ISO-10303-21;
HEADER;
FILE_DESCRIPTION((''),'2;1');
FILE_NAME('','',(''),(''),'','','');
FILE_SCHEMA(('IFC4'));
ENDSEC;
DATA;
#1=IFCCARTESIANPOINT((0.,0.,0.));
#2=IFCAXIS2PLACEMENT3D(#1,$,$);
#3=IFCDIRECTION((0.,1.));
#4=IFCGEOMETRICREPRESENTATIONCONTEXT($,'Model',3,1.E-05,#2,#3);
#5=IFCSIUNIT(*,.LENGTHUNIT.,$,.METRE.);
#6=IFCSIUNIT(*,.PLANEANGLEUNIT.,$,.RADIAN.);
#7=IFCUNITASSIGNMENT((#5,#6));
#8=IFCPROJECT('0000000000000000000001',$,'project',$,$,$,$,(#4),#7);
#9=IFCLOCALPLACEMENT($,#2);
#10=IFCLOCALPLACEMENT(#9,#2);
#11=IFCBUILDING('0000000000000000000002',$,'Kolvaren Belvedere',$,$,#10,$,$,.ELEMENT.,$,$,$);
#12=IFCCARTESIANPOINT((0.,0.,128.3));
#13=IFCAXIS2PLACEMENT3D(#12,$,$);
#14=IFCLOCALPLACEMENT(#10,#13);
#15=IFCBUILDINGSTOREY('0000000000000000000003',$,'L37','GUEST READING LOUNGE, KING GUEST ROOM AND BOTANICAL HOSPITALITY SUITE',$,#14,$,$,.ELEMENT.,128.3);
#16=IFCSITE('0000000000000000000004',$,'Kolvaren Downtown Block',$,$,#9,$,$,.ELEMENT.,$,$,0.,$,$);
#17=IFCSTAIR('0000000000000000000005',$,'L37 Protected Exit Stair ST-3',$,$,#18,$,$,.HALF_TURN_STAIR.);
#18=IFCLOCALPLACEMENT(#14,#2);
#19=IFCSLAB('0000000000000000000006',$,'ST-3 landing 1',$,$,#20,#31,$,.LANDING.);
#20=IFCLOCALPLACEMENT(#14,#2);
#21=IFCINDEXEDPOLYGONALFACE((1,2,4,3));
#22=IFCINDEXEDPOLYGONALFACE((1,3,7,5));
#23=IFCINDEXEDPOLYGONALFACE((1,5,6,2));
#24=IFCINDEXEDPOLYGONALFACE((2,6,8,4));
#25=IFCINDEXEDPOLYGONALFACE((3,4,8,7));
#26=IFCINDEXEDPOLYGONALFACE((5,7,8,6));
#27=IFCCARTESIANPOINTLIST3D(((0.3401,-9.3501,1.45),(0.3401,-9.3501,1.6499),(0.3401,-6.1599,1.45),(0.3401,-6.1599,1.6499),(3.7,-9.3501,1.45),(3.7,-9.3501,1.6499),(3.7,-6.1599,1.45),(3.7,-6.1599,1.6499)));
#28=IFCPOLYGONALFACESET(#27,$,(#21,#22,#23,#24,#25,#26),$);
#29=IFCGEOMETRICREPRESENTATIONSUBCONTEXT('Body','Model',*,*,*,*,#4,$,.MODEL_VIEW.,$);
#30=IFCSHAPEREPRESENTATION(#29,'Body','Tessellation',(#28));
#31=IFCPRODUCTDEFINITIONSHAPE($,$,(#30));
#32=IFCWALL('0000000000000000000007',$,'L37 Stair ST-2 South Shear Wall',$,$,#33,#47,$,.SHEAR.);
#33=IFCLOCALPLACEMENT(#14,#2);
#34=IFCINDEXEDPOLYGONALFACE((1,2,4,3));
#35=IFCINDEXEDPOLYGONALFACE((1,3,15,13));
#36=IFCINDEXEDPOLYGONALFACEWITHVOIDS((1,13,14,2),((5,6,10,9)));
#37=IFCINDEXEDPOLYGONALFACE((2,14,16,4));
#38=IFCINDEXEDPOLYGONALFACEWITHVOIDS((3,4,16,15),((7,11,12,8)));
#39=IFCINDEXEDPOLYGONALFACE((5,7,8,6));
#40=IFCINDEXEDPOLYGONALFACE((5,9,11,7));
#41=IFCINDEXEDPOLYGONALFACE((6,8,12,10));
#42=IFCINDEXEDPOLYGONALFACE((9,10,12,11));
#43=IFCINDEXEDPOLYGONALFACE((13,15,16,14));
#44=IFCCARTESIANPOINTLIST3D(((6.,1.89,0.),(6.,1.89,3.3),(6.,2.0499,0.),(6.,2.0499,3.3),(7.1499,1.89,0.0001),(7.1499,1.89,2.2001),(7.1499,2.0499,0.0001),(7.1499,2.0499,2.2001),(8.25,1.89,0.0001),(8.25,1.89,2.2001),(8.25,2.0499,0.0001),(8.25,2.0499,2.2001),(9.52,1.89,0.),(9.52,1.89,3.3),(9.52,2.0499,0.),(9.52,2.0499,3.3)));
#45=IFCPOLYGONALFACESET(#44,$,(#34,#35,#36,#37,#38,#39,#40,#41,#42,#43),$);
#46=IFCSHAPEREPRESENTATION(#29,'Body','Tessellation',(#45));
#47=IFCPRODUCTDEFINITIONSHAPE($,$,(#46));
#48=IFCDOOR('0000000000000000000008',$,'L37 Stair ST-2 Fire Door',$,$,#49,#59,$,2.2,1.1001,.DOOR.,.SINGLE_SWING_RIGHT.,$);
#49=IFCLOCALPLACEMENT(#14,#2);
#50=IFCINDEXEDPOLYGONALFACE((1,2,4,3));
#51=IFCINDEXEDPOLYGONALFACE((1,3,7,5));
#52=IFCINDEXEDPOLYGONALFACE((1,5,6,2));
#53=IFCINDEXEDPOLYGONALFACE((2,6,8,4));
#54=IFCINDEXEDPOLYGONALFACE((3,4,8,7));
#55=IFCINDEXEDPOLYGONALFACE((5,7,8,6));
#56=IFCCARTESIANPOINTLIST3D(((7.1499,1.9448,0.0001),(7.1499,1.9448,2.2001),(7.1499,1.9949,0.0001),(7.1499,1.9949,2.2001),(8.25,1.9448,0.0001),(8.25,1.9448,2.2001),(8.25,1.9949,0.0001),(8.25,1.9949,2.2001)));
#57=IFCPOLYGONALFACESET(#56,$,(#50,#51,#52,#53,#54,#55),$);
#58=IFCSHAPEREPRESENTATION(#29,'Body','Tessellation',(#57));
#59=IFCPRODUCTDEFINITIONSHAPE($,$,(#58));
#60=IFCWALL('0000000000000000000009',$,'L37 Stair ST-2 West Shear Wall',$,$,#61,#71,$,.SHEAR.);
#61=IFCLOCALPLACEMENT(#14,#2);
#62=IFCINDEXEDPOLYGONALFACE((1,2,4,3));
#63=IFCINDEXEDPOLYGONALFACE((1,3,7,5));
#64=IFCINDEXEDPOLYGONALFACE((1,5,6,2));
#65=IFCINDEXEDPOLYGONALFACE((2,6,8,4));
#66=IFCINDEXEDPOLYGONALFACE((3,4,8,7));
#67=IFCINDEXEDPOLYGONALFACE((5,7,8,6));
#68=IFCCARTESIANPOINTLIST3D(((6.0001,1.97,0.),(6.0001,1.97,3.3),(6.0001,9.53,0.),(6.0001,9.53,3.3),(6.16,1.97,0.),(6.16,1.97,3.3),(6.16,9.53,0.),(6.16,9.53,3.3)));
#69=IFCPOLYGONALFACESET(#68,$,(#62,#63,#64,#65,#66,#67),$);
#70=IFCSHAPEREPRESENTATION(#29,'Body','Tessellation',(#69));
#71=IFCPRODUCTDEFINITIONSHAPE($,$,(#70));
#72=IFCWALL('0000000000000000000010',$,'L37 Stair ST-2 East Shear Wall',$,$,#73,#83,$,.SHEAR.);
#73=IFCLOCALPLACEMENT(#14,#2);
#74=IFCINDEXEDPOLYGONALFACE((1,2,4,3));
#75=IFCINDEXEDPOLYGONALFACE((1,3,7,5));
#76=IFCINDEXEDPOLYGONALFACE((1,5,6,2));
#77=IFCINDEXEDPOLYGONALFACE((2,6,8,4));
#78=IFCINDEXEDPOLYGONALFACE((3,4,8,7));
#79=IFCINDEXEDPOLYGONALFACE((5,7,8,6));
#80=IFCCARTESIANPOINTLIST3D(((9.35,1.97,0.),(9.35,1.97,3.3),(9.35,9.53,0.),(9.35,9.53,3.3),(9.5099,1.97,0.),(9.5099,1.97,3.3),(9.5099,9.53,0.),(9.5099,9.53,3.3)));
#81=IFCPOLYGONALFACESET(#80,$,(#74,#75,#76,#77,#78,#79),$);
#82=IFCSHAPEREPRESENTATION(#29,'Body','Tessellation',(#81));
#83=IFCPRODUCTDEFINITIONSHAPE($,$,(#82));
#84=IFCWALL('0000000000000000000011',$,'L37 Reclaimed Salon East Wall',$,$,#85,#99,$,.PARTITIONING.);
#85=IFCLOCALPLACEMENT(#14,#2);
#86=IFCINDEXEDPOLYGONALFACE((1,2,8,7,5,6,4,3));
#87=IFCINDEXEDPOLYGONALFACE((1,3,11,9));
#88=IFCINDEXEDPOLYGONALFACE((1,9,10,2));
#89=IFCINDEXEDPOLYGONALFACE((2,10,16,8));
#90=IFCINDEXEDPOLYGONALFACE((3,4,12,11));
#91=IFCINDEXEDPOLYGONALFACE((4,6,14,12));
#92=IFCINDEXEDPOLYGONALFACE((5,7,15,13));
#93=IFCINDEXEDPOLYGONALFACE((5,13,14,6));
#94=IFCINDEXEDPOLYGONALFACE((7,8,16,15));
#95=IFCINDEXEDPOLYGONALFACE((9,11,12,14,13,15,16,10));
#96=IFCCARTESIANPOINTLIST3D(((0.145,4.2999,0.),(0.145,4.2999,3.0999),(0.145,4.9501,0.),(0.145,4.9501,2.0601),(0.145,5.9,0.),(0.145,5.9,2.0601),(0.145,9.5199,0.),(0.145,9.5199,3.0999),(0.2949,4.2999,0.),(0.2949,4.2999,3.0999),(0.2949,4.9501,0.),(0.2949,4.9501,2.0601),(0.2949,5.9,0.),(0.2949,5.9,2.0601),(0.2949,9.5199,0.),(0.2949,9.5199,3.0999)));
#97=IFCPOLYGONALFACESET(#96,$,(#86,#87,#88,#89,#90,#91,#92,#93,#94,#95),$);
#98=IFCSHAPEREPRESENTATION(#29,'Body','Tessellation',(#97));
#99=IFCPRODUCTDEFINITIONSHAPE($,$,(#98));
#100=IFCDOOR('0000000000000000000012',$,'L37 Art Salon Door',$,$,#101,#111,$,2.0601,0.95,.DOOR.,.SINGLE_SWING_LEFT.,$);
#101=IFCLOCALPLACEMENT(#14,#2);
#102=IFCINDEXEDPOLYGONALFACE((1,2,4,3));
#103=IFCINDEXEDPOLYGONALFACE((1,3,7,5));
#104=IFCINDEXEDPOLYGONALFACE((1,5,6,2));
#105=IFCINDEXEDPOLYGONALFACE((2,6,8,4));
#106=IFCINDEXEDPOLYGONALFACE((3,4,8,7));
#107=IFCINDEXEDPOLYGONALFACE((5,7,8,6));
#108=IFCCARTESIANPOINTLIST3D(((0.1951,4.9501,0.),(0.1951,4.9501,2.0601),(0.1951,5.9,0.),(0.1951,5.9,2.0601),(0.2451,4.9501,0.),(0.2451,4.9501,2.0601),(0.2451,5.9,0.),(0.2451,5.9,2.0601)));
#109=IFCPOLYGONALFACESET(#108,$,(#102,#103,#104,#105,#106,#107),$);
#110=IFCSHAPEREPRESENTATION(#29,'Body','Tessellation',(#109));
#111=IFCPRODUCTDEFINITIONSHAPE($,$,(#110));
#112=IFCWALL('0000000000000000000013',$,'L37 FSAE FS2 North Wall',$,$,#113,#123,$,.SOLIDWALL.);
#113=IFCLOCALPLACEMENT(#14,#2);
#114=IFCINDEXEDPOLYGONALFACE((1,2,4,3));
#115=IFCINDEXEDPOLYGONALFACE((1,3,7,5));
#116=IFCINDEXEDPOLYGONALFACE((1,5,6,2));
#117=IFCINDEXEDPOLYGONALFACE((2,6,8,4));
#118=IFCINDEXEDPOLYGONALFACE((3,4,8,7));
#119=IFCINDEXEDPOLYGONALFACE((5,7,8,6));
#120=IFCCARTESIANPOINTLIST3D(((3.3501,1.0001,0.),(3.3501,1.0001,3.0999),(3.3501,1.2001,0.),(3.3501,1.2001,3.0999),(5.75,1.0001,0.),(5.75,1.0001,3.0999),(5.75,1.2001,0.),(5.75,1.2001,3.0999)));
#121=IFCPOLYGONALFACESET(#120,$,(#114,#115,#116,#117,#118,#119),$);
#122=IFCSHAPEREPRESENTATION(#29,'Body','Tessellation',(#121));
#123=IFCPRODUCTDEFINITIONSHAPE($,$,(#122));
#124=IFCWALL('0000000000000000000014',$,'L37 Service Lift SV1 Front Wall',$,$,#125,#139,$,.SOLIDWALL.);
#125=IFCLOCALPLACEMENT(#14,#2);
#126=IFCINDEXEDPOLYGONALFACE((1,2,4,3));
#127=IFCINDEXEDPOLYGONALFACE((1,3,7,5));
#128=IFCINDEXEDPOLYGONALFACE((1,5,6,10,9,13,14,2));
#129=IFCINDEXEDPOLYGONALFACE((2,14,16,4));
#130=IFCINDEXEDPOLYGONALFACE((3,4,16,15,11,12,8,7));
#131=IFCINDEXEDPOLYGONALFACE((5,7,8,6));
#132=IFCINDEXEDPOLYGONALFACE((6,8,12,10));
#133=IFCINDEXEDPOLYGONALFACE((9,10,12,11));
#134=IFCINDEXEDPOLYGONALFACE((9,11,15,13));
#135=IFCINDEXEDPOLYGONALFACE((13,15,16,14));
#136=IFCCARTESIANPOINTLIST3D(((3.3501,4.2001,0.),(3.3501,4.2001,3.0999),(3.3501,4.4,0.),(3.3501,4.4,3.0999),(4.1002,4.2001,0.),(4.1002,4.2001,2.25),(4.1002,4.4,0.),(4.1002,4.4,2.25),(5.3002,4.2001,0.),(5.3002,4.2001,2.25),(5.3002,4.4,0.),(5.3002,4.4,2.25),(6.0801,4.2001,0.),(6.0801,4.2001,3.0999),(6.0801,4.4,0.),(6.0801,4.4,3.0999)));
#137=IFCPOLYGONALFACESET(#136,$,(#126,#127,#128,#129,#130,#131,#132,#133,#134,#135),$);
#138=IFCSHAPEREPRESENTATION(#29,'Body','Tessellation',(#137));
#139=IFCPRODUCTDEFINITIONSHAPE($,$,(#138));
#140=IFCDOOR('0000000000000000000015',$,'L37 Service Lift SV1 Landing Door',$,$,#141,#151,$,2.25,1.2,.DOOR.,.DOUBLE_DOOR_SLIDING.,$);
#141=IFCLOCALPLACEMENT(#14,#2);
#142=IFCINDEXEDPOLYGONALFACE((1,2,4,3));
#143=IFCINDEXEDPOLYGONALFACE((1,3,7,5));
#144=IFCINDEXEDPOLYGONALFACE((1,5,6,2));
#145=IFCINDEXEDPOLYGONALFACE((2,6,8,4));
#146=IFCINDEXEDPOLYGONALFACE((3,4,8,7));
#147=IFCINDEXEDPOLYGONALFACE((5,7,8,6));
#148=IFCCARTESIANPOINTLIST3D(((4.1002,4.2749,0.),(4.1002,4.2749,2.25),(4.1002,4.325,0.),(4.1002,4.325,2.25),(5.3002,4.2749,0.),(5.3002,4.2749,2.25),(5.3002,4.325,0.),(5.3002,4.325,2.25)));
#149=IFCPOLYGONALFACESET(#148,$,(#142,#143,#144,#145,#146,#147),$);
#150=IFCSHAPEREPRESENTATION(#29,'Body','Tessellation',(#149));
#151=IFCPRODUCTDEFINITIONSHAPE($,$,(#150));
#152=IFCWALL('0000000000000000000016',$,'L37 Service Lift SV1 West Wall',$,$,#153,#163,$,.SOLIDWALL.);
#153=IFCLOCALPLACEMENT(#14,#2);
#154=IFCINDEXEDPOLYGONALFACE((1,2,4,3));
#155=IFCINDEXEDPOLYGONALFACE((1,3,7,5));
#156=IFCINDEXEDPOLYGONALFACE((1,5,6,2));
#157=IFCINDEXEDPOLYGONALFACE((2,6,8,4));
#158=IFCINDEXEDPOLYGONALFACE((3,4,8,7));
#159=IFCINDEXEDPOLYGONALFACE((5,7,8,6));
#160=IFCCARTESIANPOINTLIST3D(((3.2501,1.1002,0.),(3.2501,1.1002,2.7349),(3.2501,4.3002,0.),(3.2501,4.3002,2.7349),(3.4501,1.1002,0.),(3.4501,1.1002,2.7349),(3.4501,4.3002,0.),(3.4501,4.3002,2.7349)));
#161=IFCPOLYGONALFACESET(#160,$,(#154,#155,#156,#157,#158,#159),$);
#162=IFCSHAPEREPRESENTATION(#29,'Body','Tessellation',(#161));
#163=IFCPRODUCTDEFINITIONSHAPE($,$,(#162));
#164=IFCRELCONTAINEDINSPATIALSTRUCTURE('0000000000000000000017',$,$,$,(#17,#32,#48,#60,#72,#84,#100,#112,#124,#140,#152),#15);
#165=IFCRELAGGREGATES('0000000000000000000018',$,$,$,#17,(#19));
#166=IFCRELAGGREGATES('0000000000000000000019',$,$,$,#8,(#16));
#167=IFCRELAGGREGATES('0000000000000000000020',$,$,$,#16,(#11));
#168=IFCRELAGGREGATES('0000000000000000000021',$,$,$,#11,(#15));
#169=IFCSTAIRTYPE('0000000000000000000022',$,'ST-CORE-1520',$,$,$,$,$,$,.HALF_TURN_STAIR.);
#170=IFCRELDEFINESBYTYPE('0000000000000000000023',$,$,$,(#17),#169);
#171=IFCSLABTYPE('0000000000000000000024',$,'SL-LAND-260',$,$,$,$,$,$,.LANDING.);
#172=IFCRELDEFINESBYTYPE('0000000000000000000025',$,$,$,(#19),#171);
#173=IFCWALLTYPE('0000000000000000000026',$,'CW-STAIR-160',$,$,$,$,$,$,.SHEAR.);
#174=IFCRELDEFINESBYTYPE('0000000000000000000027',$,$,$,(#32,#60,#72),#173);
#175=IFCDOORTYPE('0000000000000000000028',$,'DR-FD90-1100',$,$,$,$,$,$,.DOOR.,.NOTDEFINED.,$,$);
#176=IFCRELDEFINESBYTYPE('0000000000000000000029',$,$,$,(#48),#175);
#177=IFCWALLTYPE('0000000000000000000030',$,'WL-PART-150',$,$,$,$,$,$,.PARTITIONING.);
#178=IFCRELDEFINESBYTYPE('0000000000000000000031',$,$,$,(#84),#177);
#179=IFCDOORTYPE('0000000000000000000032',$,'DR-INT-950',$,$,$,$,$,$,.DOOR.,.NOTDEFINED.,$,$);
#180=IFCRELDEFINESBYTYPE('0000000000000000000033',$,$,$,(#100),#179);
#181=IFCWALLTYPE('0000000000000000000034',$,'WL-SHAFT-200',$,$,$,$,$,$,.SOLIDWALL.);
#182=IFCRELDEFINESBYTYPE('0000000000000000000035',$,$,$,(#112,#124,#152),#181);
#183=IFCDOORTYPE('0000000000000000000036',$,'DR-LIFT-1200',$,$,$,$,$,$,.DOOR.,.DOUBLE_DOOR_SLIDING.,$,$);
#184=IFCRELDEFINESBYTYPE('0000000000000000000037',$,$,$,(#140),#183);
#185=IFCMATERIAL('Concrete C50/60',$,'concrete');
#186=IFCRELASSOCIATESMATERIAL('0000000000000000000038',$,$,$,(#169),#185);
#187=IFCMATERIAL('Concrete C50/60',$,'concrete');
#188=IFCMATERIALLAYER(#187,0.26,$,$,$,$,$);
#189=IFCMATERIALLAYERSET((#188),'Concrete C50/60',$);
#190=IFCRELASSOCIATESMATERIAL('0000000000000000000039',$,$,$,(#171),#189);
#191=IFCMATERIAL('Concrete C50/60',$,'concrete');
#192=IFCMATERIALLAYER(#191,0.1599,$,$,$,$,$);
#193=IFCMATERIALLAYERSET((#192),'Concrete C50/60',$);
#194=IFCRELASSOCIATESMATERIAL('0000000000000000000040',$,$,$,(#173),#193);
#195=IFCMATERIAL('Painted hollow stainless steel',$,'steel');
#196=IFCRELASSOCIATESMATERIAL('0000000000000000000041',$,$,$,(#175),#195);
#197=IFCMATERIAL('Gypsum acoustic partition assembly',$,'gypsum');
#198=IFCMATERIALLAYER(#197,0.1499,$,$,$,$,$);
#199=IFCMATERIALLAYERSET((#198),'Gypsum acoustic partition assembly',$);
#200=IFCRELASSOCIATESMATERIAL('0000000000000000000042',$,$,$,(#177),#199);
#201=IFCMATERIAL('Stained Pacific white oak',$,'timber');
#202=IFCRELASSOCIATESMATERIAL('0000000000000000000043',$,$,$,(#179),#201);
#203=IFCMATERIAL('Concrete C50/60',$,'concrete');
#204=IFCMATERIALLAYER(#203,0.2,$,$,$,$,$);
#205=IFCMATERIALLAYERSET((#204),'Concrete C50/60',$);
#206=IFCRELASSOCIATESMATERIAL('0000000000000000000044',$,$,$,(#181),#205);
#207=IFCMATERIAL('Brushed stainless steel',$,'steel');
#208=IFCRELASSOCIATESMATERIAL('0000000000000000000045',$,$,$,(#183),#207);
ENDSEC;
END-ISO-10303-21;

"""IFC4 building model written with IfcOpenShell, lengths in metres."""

from ifc_helpers import new_model, si_unit, direction, frame, frame_2d, origin, place, context, subcontext, project, spatial, polyline, rectangle, outline, extrude, material, layer, layer_set, type_object, element, fill, aggregate, save


model = new_model("IFC4")

# Units and contexts
model_context = context("Model", 3, precision=1e-05, world=origin(), true_north=direction((0.0, 1.0)))
body_context = subcontext(model_context, "Body", "Model", "MODEL_VIEW")
ifc_project = project(units=[si_unit("LENGTHUNIT", "METRE"), si_unit("PLANEANGLEUNIT", "RADIAN")], contexts=[model_context])

# Site, building, storey
site_placement = place(None, origin())
site = spatial("IfcSite", under=ifc_project, at=site_placement, Name="Kolvaren Downtown Block", CompositionType="ELEMENT", RefElevation=0.0)
building_placement = place(site_placement, origin())
building = spatial("IfcBuilding", under=site, at=building_placement, Name="Kolvaren Belvedere", CompositionType="ELEMENT")
storey_placement = place(building_placement, frame((0.0, 0.0, 128.3)))
storey = spatial("IfcBuildingStorey", under=building, at=storey_placement, Name="L37", Description="GUEST READING LOUNGE, KING GUEST ROOM AND BOTANICAL HOSPITALITY SUITE", CompositionType="ELEMENT", Elevation=128.3)

# Stair, slab
ifc_material_1 = material(Name="Concrete C50/60", Category="concrete")
stair_type = type_object("IfcStairType", Name="ST-CORE-1520", PredefinedType="HALF_TURN_STAIR", material=ifc_material_1)
ifc_material_2 = material(Name="Concrete C50/60", Category="concrete")
ifc_layer_1 = layer(ifc_material_2, 0.26)
ifc_layer_set_1 = layer_set([ifc_layer_1], Name="Concrete C50/60")
slab_type = type_object("IfcSlabType", Name="SL-LAND-260", PredefinedType="LANDING", material=ifc_layer_set_1)
stair_1_placement = place(storey_placement, origin())
stair_1 = element("IfcStair", 1, at=stair_1_placement, inside=storey, type_object=stair_type, Name="L37 Protected Exit Stair ST-3", PredefinedType="HALF_TURN_STAIR")
slab_1_placement = place(storey_placement, frame((0.0, 0.0, 1.45)))
slab_1 = element("IfcSlab", 2, at=slab_1_placement, type_object=slab_type, Name="ST-3 landing 1", PredefinedType="LANDING", context=body_context, shape_type="SweptSolid", body=[
    extrude(outline(polyline([(0.3401, -9.3501), (3.7, -9.3501), (3.7, -6.1599), (0.3401, -6.1599), (0.3401, -9.3501)])), origin(), (0.0, 0.0, 1.0), 0.2),
])
aggregate(stair_1, [slab_1])

# Wall, opening, door
ifc_material_3 = material(Name="Concrete C50/60", Category="concrete")
ifc_layer_2 = layer(ifc_material_3, 0.1599)
ifc_layer_set_2 = layer_set([ifc_layer_2], Name="Concrete C50/60")
wall_type_1 = type_object("IfcWallType", Name="CW-STAIR-160", PredefinedType="SHEAR", material=ifc_layer_set_2)
wall_1_placement = place(storey_placement, frame((6.0, 1.97, 0.0), z_axis=(0.0, 0.0, 1.0), x_axis=(1.0, 0.0, 0.0)))
wall_1 = element("IfcWall", 3, at=wall_1_placement, inside=storey, type_object=wall_type_1, Name="L37 Stair ST-2 South Shear Wall", PredefinedType="SHEAR", context=body_context, shape_type="SweptSolid", body=[
    extrude(rectangle(XDim=3.52, YDim=0.1599, at=frame_2d((1.76, 0.0))), origin(), (0.0, 0.0, 1.0), 3.3),
])
opening_1_placement = place(wall_1_placement, frame((1.1499, 0.0, 0.0)))
opening_1 = element("IfcOpeningElement", 4, at=opening_1_placement, cuts=wall_1, PredefinedType="OPENING", context=body_context, shape_type="SweptSolid", body=[
    extrude(rectangle(XDim=1.1001, YDim=2.2, at=frame_2d((0.55, 1.1001))), frame((0.0, 0.0898, 0.0), z_axis=(0.0, -1.0, 0.0), x_axis=(1.0, 0.0, 0.0)), (0.0, 0.0, 1.0), 0.1799),
])
ifc_material_4 = material(Name="Painted hollow stainless steel", Category="steel")
door_type_1 = type_object("IfcDoorType", Name="DR-FD90-1100", OperationType="NOTDEFINED", PredefinedType="DOOR", material=ifc_material_4)
door_1_placement = place(opening_1_placement, origin())
door_1 = element("IfcDoor", 5, at=door_1_placement, inside=storey, type_object=door_type_1, Name="L37 Stair ST-2 Fire Door", OperationType="SINGLE_SWING_RIGHT", OverallHeight=2.2, OverallWidth=1.1001, PredefinedType="DOOR", context=body_context, shape_type="SweptSolid", body=[
    extrude(rectangle(XDim=1.1001, YDim=2.2, at=frame_2d((0.55, 1.1001))), frame((0.0, 0.0249, 0.0), z_axis=(0.0, -1.0, 0.0), x_axis=(1.0, 0.0, 0.0)), (0.0, 0.0, 1.0), 0.05),
])
fill(opening_1, door_1)

# Walls
for number, where, z_axis, x_axis, name in (
    (6, (6.0801, 1.97, 0.0), (0.0, 0.0, 1.0), (0.0, 1.0, 0.0), "L37 Stair ST-2 West Shear Wall"),
    (7, (9.4299, 1.97, 0.0), (0.0, 0.0, 1.0), (0.0, 1.0, 0.0), "L37 Stair ST-2 East Shear Wall"),
):
    element("IfcWall", number, at=place(storey_placement, frame(where, z_axis=z_axis, x_axis=x_axis)), inside=storey, type_object=wall_type_1, Name=name, PredefinedType="SHEAR", context=body_context, shape_type="SweptSolid", body=[
        extrude(rectangle(XDim=7.5601, YDim=0.1599, at=frame_2d((3.78, 0.0))), origin(), (0.0, 0.0, 1.0), 3.3),
    ])

# Wall, opening, door
ifc_material_5 = material(Name="Gypsum acoustic partition assembly", Category="gypsum")
ifc_layer_3 = layer(ifc_material_5, 0.1499)
ifc_layer_set_3 = layer_set([ifc_layer_3], Name="Gypsum acoustic partition assembly")
wall_type_2 = type_object("IfcWallType", Name="WL-PART-150", PredefinedType="PARTITIONING", material=ifc_layer_set_3)
wall_2_placement = place(storey_placement, frame((0.22, 4.3, 0.0), z_axis=(0.0, 0.0, 1.0), x_axis=(0.0, 1.0, 0.0)))
wall_2 = element("IfcWall", 8, at=wall_2_placement, inside=storey, type_object=wall_type_2, Name="L37 Reclaimed Salon East Wall", PredefinedType="PARTITIONING", context=body_context, shape_type="SweptSolid", body=[
    extrude(rectangle(XDim=5.22, YDim=0.1499, at=frame_2d((2.6099, 0.0))), origin(), (0.0, 0.0, 1.0), 3.0999),
])
opening_2_placement = place(wall_2_placement, frame((0.6499, 0.0, 0.0)))
opening_2 = element("IfcOpeningElement", 9, at=opening_2_placement, cuts=wall_2, PredefinedType="OPENING", context=body_context, shape_type="SweptSolid", body=[
    extrude(rectangle(XDim=0.95, YDim=2.0601, at=frame_2d((0.4751, 1.03))), frame((0.0, 0.085, 0.0), z_axis=(0.0, -1.0, 0.0), x_axis=(1.0, 0.0, 0.0)), (0.0, 0.0, 1.0), 0.1699),
])
ifc_material_6 = material(Name="Stained Pacific white oak", Category="timber")
door_type_2 = type_object("IfcDoorType", Name="DR-INT-950", OperationType="NOTDEFINED", PredefinedType="DOOR", material=ifc_material_6)
door_2_placement = place(opening_2_placement, origin())
door_2 = element("IfcDoor", 10, at=door_2_placement, inside=storey, type_object=door_type_2, Name="L37 Art Salon Door", OperationType="SINGLE_SWING_LEFT", OverallHeight=2.0601, OverallWidth=0.95, PredefinedType="DOOR", context=body_context, shape_type="SweptSolid", body=[
    extrude(rectangle(XDim=0.95, YDim=2.0601, at=frame_2d((0.4751, 1.03))), frame((0.0, 0.0249, 0.0), z_axis=(0.0, -1.0, 0.0), x_axis=(1.0, 0.0, 0.0)), (0.0, 0.0, 1.0), 0.05),
])
fill(opening_2, door_2)

# Wall
ifc_material_7 = material(Name="Concrete C50/60", Category="concrete")
ifc_layer_4 = layer(ifc_material_7, 0.2)
ifc_layer_set_4 = layer_set([ifc_layer_4], Name="Concrete C50/60")
wall_type_3 = type_object("IfcWallType", Name="WL-SHAFT-200", PredefinedType="SOLIDWALL", material=ifc_layer_set_4)
wall_3_placement = place(storey_placement, frame((3.3501, 1.1001, 0.0), z_axis=(0.0, 0.0, 1.0), x_axis=(1.0, 0.0, 0.0)))
element("IfcWall", 11, at=wall_3_placement, inside=storey, type_object=wall_type_3, Name="L37 FSAE FS2 North Wall", PredefinedType="SOLIDWALL", context=body_context, shape_type="SweptSolid", body=[
    extrude(rectangle(XDim=2.3999, YDim=0.2, at=frame_2d((1.2, 0.0))), origin(), (0.0, 0.0, 1.0), 3.0999),
])

# Wall, opening, door
wall_4_placement = place(storey_placement, frame((3.3501, 4.3, 0.0), z_axis=(0.0, 0.0, 1.0), x_axis=(1.0, 0.0, 0.0)))
wall_4 = element("IfcWall", 12, at=wall_4_placement, inside=storey, type_object=wall_type_3, Name="L37 Service Lift SV1 Front Wall", PredefinedType="SOLIDWALL", context=body_context, shape_type="SweptSolid", body=[
    extrude(rectangle(XDim=2.73, YDim=0.2, at=frame_2d((1.365, 0.0))), origin(), (0.0, 0.0, 1.0), 3.0999),
])
opening_3_placement = place(wall_4_placement, frame((0.75, 0.0, 0.0)))
opening_3 = element("IfcOpeningElement", 13, at=opening_3_placement, cuts=wall_4, PredefinedType="OPENING", context=body_context, shape_type="SweptSolid", body=[
    extrude(rectangle(XDim=1.2, YDim=2.25, at=frame_2d((0.6001, 1.125))), frame((0.0, 0.1099, 0.0), z_axis=(0.0, -1.0, 0.0), x_axis=(1.0, 0.0, 0.0)), (0.0, 0.0, 1.0), 0.22),
])
ifc_material_8 = material(Name="Brushed stainless steel", Category="steel")
door_type_3 = type_object("IfcDoorType", Name="DR-LIFT-1200", OperationType="DOUBLE_DOOR_SLIDING", PredefinedType="DOOR", material=ifc_material_8)
door_3_placement = place(opening_3_placement, origin())
door_3 = element("IfcDoor", 14, at=door_3_placement, inside=storey, type_object=door_type_3, Name="L37 Service Lift SV1 Landing Door", OperationType="DOUBLE_DOOR_SLIDING", OverallHeight=2.25, OverallWidth=1.2, PredefinedType="DOOR", context=body_context, shape_type="SweptSolid", body=[
    extrude(rectangle(XDim=1.2, YDim=2.25, at=frame_2d((0.6001, 1.125))), frame((0.0, 0.0249, 0.0), z_axis=(0.0, -1.0, 0.0), x_axis=(1.0, 0.0, 0.0)), (0.0, 0.0, 1.0), 0.05),
])
fill(opening_3, door_3)

# Wall
wall_5_placement = place(storey_placement, frame((3.3501, 1.1001, 0.0), z_axis=(0.0, 0.0, 1.0), x_axis=(0.0, 1.0, 0.0)))
element("IfcWall", 15, at=wall_5_placement, inside=storey, type_object=wall_type_3, Name="L37 Service Lift SV1 West Wall", PredefinedType="SOLIDWALL", context=body_context, shape_type="SweptSolid", body=[
    extrude(rectangle(XDim=3.2, YDim=0.2, at=frame_2d((1.6001, 0.0))), origin(), (0.0, 0.0, 1.0), 2.7349),
])

save(model, "model.ifc")
